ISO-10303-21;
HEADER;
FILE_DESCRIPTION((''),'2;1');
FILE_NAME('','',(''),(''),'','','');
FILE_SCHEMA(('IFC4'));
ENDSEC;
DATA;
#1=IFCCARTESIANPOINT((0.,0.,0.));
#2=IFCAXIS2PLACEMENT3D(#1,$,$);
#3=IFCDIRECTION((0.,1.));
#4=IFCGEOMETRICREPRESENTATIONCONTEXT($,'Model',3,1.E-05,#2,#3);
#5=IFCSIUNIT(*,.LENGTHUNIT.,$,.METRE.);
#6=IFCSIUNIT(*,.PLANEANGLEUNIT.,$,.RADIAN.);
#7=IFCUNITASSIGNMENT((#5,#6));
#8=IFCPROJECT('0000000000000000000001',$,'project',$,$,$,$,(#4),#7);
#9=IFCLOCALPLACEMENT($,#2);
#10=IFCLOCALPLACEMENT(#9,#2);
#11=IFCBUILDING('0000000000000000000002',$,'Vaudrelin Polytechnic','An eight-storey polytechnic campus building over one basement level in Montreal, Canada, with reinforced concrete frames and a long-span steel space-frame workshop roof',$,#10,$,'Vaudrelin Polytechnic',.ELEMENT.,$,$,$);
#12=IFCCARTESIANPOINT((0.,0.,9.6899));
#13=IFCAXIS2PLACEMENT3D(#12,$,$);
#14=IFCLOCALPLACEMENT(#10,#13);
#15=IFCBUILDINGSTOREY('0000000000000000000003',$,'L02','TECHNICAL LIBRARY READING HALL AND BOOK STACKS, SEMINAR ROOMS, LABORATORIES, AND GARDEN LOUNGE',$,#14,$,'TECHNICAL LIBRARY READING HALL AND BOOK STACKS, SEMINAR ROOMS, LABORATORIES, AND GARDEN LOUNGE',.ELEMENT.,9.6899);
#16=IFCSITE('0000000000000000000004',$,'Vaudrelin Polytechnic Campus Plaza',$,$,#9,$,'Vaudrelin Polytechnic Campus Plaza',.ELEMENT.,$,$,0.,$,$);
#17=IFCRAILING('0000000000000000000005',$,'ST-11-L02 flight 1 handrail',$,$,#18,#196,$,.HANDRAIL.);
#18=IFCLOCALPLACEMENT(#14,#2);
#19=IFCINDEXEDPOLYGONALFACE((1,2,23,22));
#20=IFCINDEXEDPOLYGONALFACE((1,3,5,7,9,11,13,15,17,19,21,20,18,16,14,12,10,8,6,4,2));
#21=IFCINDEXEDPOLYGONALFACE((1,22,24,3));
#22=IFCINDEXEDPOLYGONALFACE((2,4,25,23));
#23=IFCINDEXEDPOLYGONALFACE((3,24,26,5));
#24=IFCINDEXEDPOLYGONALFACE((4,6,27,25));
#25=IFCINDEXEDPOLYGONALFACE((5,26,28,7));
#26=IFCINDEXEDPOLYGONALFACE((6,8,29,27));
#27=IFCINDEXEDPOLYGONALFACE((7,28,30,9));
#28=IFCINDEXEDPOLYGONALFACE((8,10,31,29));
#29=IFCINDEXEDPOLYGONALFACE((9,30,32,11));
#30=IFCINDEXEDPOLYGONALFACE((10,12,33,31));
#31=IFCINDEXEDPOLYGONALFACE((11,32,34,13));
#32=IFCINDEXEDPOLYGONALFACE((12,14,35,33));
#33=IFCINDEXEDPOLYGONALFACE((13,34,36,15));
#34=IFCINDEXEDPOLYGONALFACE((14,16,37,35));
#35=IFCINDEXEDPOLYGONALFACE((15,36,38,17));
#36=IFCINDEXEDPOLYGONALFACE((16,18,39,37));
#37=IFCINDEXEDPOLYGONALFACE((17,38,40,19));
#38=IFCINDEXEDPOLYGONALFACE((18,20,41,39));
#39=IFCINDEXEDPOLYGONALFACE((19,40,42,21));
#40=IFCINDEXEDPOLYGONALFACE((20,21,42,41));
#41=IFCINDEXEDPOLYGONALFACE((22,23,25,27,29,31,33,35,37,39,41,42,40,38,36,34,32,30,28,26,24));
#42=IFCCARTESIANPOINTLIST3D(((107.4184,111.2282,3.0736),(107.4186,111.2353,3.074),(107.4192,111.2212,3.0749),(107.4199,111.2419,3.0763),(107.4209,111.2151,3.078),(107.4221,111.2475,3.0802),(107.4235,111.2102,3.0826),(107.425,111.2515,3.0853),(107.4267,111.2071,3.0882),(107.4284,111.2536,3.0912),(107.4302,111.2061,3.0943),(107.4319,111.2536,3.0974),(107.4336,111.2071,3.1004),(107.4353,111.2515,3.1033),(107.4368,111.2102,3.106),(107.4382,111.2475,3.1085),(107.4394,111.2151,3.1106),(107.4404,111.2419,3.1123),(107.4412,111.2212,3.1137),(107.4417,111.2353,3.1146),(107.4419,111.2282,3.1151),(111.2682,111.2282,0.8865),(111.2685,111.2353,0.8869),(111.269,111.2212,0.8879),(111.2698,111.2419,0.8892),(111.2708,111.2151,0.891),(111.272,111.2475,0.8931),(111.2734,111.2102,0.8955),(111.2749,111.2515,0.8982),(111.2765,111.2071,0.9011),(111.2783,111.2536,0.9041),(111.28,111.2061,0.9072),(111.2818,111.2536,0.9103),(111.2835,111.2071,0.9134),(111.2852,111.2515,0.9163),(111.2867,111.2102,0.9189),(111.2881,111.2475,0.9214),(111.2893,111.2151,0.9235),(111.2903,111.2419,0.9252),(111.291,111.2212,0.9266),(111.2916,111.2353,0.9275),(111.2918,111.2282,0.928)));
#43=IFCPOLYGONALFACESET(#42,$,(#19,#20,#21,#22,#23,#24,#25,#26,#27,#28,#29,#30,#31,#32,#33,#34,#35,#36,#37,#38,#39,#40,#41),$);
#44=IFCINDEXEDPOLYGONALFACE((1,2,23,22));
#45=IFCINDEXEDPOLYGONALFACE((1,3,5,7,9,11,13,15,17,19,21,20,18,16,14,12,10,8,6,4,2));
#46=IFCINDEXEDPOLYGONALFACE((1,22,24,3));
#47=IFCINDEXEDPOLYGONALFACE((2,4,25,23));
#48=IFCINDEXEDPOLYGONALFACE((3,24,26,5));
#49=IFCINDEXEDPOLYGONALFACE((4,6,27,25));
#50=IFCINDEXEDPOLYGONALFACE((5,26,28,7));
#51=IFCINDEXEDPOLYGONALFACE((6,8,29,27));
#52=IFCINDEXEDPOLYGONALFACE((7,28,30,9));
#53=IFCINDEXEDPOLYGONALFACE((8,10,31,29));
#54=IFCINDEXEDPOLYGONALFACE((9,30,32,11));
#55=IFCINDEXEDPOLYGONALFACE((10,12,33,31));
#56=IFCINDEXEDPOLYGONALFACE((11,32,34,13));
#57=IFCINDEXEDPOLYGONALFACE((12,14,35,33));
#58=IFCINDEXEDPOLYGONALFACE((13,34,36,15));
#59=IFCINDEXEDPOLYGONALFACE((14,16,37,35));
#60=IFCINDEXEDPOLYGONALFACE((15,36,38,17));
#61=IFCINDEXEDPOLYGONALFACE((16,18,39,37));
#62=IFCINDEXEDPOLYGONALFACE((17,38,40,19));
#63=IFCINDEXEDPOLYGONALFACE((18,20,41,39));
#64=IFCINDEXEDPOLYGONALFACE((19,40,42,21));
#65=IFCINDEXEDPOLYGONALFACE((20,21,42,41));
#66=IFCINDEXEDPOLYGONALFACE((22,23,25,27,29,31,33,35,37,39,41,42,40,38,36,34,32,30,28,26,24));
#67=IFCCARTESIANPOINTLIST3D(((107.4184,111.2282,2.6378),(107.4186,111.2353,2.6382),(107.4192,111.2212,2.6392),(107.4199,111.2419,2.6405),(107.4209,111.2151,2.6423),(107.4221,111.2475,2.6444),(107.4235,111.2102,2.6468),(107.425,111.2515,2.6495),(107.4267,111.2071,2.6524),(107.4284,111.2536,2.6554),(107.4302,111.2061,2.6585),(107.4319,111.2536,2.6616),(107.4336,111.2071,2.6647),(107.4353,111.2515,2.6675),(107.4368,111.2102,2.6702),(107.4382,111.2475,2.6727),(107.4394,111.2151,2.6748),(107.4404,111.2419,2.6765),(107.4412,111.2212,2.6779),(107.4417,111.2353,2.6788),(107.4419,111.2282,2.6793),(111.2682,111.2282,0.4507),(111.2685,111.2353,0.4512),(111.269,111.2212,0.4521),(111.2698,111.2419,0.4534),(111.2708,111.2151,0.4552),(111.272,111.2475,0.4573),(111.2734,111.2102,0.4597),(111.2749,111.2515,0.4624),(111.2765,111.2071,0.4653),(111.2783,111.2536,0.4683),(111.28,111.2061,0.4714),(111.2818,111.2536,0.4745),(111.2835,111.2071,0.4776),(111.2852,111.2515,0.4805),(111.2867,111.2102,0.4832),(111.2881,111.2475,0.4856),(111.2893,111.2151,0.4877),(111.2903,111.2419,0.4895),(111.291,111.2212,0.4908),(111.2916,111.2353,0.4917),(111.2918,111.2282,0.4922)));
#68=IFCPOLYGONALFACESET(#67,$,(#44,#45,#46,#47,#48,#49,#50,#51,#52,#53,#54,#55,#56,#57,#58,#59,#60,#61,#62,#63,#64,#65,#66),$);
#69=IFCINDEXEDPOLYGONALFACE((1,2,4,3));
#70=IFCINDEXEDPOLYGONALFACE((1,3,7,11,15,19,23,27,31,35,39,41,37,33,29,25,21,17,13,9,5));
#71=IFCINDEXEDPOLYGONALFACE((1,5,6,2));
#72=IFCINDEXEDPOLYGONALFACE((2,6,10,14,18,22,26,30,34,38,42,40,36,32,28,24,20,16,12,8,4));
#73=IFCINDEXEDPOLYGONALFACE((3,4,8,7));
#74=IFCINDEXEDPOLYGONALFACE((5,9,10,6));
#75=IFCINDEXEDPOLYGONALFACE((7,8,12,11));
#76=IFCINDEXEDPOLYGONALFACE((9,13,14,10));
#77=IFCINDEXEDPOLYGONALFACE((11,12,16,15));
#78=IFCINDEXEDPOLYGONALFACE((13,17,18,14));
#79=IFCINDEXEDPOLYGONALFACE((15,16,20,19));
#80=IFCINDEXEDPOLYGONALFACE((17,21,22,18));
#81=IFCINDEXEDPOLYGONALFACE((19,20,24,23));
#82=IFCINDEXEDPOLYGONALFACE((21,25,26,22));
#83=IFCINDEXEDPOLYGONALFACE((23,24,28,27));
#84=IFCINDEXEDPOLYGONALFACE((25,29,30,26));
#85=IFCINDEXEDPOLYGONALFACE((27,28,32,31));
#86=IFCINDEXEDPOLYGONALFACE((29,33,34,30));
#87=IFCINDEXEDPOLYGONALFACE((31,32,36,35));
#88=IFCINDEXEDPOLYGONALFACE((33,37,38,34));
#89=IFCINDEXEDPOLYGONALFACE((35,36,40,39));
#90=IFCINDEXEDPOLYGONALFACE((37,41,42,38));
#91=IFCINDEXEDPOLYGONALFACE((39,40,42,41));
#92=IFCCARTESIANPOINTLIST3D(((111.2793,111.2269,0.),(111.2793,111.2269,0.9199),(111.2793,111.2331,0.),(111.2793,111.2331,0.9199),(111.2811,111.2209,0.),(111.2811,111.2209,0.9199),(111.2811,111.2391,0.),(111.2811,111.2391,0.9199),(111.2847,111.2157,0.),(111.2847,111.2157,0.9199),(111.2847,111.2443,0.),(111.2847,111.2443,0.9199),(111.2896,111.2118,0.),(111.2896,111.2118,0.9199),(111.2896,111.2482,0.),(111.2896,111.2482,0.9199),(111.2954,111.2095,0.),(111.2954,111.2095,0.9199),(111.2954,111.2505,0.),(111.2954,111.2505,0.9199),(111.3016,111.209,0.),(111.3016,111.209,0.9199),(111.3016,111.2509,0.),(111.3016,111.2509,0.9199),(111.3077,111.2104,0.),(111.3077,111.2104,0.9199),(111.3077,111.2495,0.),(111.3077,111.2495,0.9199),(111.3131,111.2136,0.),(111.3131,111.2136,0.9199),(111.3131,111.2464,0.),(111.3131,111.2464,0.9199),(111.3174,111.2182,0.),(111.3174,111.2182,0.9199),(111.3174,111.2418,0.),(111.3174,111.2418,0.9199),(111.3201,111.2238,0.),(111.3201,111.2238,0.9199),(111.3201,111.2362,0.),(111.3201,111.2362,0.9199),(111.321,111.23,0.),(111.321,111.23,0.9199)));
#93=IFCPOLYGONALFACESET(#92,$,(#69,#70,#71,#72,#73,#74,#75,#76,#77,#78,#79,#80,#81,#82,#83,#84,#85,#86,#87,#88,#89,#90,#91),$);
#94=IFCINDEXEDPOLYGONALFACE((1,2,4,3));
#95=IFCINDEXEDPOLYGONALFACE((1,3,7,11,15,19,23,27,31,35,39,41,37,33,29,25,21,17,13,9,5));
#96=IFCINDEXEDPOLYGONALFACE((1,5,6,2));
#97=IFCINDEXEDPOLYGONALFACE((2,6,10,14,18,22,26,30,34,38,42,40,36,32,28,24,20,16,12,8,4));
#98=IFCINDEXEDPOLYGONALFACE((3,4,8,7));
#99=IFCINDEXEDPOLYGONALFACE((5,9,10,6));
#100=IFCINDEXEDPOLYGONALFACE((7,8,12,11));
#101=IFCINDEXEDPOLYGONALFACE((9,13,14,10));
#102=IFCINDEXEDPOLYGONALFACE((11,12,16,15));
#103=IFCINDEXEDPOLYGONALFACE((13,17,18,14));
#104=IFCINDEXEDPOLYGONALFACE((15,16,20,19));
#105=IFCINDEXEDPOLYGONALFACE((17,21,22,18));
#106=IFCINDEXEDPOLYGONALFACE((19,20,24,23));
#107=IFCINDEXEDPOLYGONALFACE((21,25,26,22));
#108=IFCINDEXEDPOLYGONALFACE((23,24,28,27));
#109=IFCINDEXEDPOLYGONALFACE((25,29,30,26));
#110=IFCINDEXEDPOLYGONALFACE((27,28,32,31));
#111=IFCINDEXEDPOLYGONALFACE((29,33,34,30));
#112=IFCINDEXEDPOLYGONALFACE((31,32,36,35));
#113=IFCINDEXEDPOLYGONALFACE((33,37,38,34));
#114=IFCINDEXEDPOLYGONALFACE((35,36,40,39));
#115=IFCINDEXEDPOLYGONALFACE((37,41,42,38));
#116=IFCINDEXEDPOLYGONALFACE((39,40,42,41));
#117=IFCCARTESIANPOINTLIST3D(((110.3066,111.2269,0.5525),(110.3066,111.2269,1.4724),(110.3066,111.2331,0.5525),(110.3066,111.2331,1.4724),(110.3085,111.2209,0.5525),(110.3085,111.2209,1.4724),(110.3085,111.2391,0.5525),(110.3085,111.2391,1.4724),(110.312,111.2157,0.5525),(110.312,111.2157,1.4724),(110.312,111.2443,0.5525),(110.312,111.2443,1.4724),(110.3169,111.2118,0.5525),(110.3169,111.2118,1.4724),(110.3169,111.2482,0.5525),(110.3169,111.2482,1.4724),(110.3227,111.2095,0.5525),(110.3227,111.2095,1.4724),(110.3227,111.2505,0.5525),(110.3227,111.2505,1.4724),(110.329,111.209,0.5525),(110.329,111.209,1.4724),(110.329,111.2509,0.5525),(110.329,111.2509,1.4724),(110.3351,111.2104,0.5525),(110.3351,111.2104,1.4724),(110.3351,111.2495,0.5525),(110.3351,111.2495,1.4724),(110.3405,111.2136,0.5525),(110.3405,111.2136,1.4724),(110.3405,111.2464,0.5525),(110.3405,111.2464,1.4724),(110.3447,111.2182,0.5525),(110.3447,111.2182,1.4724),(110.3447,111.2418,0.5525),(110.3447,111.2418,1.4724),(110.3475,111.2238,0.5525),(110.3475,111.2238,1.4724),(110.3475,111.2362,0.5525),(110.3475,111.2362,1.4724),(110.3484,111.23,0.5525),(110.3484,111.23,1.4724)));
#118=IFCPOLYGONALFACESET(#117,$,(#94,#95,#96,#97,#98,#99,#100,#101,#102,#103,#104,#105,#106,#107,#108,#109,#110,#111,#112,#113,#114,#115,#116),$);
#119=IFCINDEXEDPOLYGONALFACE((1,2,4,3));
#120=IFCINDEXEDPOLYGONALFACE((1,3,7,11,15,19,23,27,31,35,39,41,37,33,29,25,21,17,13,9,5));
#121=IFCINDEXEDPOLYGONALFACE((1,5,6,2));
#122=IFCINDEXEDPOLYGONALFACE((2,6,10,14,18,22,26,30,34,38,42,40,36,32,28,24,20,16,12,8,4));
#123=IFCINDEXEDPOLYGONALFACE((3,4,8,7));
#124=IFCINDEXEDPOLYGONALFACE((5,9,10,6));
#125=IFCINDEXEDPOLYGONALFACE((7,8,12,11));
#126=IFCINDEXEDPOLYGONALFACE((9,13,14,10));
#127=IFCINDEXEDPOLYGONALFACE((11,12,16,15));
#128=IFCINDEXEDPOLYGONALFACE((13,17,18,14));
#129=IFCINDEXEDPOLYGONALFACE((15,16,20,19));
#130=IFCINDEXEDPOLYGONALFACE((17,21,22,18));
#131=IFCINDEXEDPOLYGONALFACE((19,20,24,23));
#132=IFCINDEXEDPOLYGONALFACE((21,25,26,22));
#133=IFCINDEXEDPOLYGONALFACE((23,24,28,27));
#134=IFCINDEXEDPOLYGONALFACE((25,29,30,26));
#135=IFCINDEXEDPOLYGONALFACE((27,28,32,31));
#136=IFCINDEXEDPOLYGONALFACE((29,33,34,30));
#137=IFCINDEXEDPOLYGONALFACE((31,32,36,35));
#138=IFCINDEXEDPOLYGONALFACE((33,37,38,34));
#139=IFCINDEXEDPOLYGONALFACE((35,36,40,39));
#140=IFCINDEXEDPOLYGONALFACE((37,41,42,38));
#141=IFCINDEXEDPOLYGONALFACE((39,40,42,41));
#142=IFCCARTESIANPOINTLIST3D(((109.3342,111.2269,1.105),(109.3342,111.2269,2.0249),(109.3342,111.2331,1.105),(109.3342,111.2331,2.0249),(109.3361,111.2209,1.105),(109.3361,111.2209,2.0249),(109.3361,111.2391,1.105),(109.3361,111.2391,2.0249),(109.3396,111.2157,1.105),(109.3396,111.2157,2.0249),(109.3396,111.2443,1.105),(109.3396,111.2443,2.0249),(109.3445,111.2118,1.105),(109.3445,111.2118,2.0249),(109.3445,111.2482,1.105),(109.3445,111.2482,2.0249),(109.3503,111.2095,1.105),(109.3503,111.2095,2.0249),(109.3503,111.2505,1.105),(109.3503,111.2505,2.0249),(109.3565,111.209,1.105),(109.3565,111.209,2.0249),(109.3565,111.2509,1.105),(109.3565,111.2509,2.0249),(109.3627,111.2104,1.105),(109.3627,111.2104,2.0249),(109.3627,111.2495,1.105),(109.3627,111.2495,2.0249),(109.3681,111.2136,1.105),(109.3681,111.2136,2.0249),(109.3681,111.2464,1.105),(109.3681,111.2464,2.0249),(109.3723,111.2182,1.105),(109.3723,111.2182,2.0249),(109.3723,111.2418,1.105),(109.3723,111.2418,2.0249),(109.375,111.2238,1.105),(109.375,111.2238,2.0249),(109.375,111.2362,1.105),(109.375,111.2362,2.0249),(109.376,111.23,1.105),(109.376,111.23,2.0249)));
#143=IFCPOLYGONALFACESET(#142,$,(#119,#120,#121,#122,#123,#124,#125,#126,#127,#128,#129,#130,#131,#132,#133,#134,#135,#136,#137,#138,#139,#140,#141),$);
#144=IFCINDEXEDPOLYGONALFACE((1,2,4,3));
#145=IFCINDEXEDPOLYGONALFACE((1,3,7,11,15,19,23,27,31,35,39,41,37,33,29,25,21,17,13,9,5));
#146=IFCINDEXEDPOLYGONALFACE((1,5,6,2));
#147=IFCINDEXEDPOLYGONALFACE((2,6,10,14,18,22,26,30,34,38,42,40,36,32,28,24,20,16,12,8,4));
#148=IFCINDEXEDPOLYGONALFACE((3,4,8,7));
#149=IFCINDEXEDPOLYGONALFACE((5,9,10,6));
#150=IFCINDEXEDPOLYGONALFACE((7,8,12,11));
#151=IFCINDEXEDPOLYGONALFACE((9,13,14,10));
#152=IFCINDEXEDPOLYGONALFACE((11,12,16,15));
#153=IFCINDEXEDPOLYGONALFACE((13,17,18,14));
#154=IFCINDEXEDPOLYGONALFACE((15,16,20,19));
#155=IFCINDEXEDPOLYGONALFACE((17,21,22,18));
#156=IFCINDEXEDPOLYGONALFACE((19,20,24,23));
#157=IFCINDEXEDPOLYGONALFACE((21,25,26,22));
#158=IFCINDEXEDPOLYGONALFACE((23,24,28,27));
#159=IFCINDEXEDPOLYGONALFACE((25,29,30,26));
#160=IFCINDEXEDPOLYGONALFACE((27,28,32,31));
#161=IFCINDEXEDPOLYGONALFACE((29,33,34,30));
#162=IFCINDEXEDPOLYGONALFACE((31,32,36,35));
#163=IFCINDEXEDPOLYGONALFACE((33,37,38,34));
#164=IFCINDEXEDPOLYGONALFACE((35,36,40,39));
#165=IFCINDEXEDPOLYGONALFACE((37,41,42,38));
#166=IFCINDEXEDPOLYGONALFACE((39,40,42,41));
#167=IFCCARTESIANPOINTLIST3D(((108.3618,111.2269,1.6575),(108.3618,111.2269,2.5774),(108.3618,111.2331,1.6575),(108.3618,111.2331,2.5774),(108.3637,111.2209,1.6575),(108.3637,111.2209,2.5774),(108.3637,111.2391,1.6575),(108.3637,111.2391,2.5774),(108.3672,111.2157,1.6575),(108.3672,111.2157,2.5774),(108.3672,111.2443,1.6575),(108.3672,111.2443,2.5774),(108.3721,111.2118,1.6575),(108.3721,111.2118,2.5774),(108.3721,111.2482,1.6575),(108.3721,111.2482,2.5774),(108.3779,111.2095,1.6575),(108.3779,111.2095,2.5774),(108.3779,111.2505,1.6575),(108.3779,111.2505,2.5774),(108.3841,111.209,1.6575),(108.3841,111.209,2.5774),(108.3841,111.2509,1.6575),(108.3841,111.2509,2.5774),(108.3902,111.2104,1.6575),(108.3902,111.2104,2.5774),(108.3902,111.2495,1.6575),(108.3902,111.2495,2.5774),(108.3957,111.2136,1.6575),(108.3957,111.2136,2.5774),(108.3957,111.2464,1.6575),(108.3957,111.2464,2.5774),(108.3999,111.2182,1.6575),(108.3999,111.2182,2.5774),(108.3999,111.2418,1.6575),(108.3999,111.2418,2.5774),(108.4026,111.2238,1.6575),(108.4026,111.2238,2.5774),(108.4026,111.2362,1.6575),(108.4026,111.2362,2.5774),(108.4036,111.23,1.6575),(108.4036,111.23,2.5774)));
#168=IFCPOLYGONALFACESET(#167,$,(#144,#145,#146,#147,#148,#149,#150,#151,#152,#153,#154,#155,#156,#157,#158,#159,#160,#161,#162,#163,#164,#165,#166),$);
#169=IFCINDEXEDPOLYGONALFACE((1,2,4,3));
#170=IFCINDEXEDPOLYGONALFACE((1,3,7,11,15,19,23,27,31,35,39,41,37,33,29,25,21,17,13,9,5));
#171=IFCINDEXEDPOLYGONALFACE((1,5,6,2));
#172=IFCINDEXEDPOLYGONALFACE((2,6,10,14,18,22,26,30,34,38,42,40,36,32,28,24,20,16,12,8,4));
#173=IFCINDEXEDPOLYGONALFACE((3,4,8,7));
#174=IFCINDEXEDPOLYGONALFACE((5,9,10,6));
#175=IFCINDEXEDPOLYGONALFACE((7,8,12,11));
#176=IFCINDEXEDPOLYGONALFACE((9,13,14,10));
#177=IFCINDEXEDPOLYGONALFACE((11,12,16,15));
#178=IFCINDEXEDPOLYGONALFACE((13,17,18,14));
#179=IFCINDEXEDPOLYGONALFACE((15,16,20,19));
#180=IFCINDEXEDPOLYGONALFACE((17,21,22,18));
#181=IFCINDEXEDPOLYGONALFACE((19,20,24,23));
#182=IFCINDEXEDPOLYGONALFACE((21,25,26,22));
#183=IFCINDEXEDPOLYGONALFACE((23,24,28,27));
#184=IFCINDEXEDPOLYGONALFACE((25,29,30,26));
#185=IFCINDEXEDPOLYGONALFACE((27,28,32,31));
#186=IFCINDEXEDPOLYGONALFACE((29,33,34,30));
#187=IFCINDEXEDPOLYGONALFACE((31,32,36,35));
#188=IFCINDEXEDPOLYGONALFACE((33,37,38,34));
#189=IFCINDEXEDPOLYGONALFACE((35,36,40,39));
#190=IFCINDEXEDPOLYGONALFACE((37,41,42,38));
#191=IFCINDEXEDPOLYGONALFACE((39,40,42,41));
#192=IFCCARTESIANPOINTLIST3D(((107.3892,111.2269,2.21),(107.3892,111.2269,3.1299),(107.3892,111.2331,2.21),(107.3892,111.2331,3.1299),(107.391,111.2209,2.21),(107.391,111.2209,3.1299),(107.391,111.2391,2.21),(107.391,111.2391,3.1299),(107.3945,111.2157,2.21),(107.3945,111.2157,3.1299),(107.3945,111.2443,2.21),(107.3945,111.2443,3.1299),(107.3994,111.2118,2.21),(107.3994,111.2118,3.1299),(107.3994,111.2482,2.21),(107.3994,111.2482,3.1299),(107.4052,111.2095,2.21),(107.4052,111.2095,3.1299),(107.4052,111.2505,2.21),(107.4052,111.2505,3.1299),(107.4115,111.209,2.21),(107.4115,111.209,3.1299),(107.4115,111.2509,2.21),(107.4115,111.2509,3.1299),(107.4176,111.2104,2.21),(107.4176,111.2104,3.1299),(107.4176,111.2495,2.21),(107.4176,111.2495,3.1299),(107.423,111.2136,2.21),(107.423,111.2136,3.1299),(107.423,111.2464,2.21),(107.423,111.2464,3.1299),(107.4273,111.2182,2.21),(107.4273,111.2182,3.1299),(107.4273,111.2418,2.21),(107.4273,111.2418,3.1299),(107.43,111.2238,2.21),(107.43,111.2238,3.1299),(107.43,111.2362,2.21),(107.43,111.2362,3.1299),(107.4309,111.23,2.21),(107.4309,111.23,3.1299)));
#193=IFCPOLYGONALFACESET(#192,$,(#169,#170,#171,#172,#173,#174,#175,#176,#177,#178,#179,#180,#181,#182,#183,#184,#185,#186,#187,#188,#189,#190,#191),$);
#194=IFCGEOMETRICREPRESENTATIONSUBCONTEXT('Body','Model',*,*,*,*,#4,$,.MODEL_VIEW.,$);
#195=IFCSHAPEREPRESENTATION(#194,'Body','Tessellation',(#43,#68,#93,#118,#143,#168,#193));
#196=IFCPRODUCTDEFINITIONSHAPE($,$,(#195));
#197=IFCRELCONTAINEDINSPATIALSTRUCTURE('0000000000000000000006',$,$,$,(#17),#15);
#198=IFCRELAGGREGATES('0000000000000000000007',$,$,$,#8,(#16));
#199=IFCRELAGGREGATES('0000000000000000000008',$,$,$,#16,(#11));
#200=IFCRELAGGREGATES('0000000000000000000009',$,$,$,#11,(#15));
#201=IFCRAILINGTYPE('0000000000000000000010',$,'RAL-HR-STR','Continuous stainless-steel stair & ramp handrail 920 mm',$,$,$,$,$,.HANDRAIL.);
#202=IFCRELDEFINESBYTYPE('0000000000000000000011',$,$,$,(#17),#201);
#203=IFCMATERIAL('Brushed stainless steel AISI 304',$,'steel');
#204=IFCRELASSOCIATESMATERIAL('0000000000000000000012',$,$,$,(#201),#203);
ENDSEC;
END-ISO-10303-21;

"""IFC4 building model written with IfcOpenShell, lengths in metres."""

from ifc_helpers import new_model, si_unit, direction, frame, origin, origin_2d, place, context, subcontext, project, spatial, circle, extrude, material, type_object, element, save


model = new_model("IFC4")

# Units and contexts
model_context = context("Model", 3, precision=1e-05, world=origin(), true_north=direction((0.0, 1.0)))
body_context = subcontext(model_context, "Body", "Model", "MODEL_VIEW")
ifc_project = project(units=[si_unit("LENGTHUNIT", "METRE"), si_unit("PLANEANGLEUNIT", "RADIAN")], contexts=[model_context])

# Site, building, storey
site_placement = place(None, origin())
site = spatial("IfcSite", under=ifc_project, at=site_placement, Name="Vaudrelin Polytechnic Campus Plaza", LongName="Vaudrelin Polytechnic Campus Plaza", CompositionType="ELEMENT", RefElevation=0.0)
building_placement = place(site_placement, origin())
building = spatial("IfcBuilding", under=site, at=building_placement, Name="Vaudrelin Polytechnic", Description="An eight-storey polytechnic campus building over one basement level in Montreal, Canada, with reinforced concrete frames and a long-span steel space-frame workshop roof", LongName="Vaudrelin Polytechnic", CompositionType="ELEMENT")
storey_placement = place(building_placement, frame((0.0, 0.0, 9.6899)))
storey = spatial("IfcBuildingStorey", under=building, at=storey_placement, Name="L02", Description="TECHNICAL LIBRARY READING HALL AND BOOK STACKS, SEMINAR ROOMS, LABORATORIES, AND GARDEN LOUNGE", LongName="TECHNICAL LIBRARY READING HALL AND BOOK STACKS, SEMINAR ROOMS, LABORATORIES, AND GARDEN LOUNGE", CompositionType="ELEMENT", Elevation=9.6899)

# Railing
ifc_material_1 = material(Name="Brushed stainless steel AISI 304", Category="steel")
railing_type_1 = type_object("IfcRailingType", Name="RAL-HR-STR", Description="Continuous stainless-steel stair & ramp handrail 920 mm", PredefinedType="HANDRAIL", material=ifc_material_1)
railing_1_placement = place(storey_placement, frame((111.3, 111.23, 0.0)))
element("IfcRailing", 1, at=railing_1_placement, inside=storey, type_object=railing_type_1, Name="ST-11-L02 flight 1 handrail", PredefinedType="HANDRAIL", context=body_context, shape_type="SweptSolid", body=[
    extrude(circle(Radius=0.0239, at=origin_2d()), frame((-0.02, 0.0, 0.9072), z_axis=(-0.86949, 0.0, 0.493951), x_axis=(0.0, -1.0, 0.0)), (0.0, 0.0, 1.0), 4.4277),
    extrude(circle(Radius=0.0239, at=origin_2d()), frame((-0.02, 0.0, 0.4714), z_axis=(-0.86949, 0.0, 0.493951), x_axis=(0.0, -1.0, 0.0)), (0.0, 0.0, 1.0), 4.4277),
    extrude(circle(Radius=0.021, at=origin_2d()), origin(), (0.0, 0.0, 1.0), 0.9199),
    extrude(circle(Radius=0.021, at=origin_2d()), frame((-0.9727, 0.0, 0.5525)), (0.0, 0.0, 1.0), 0.9199),
    extrude(circle(Radius=0.021, at=origin_2d()), frame((-1.9451, 0.0, 1.105)), (0.0, 0.0, 1.0), 0.9199),
    extrude(circle(Radius=0.021, at=origin_2d()), frame((-2.9175, 0.0, 1.6575)), (0.0, 0.0, 1.0), 0.9199),
    extrude(circle(Radius=0.021, at=origin_2d()), frame((-3.8901, 0.0, 2.21)), (0.0, 0.0, 1.0), 0.9199),
])

save(model, "model.ifc")
